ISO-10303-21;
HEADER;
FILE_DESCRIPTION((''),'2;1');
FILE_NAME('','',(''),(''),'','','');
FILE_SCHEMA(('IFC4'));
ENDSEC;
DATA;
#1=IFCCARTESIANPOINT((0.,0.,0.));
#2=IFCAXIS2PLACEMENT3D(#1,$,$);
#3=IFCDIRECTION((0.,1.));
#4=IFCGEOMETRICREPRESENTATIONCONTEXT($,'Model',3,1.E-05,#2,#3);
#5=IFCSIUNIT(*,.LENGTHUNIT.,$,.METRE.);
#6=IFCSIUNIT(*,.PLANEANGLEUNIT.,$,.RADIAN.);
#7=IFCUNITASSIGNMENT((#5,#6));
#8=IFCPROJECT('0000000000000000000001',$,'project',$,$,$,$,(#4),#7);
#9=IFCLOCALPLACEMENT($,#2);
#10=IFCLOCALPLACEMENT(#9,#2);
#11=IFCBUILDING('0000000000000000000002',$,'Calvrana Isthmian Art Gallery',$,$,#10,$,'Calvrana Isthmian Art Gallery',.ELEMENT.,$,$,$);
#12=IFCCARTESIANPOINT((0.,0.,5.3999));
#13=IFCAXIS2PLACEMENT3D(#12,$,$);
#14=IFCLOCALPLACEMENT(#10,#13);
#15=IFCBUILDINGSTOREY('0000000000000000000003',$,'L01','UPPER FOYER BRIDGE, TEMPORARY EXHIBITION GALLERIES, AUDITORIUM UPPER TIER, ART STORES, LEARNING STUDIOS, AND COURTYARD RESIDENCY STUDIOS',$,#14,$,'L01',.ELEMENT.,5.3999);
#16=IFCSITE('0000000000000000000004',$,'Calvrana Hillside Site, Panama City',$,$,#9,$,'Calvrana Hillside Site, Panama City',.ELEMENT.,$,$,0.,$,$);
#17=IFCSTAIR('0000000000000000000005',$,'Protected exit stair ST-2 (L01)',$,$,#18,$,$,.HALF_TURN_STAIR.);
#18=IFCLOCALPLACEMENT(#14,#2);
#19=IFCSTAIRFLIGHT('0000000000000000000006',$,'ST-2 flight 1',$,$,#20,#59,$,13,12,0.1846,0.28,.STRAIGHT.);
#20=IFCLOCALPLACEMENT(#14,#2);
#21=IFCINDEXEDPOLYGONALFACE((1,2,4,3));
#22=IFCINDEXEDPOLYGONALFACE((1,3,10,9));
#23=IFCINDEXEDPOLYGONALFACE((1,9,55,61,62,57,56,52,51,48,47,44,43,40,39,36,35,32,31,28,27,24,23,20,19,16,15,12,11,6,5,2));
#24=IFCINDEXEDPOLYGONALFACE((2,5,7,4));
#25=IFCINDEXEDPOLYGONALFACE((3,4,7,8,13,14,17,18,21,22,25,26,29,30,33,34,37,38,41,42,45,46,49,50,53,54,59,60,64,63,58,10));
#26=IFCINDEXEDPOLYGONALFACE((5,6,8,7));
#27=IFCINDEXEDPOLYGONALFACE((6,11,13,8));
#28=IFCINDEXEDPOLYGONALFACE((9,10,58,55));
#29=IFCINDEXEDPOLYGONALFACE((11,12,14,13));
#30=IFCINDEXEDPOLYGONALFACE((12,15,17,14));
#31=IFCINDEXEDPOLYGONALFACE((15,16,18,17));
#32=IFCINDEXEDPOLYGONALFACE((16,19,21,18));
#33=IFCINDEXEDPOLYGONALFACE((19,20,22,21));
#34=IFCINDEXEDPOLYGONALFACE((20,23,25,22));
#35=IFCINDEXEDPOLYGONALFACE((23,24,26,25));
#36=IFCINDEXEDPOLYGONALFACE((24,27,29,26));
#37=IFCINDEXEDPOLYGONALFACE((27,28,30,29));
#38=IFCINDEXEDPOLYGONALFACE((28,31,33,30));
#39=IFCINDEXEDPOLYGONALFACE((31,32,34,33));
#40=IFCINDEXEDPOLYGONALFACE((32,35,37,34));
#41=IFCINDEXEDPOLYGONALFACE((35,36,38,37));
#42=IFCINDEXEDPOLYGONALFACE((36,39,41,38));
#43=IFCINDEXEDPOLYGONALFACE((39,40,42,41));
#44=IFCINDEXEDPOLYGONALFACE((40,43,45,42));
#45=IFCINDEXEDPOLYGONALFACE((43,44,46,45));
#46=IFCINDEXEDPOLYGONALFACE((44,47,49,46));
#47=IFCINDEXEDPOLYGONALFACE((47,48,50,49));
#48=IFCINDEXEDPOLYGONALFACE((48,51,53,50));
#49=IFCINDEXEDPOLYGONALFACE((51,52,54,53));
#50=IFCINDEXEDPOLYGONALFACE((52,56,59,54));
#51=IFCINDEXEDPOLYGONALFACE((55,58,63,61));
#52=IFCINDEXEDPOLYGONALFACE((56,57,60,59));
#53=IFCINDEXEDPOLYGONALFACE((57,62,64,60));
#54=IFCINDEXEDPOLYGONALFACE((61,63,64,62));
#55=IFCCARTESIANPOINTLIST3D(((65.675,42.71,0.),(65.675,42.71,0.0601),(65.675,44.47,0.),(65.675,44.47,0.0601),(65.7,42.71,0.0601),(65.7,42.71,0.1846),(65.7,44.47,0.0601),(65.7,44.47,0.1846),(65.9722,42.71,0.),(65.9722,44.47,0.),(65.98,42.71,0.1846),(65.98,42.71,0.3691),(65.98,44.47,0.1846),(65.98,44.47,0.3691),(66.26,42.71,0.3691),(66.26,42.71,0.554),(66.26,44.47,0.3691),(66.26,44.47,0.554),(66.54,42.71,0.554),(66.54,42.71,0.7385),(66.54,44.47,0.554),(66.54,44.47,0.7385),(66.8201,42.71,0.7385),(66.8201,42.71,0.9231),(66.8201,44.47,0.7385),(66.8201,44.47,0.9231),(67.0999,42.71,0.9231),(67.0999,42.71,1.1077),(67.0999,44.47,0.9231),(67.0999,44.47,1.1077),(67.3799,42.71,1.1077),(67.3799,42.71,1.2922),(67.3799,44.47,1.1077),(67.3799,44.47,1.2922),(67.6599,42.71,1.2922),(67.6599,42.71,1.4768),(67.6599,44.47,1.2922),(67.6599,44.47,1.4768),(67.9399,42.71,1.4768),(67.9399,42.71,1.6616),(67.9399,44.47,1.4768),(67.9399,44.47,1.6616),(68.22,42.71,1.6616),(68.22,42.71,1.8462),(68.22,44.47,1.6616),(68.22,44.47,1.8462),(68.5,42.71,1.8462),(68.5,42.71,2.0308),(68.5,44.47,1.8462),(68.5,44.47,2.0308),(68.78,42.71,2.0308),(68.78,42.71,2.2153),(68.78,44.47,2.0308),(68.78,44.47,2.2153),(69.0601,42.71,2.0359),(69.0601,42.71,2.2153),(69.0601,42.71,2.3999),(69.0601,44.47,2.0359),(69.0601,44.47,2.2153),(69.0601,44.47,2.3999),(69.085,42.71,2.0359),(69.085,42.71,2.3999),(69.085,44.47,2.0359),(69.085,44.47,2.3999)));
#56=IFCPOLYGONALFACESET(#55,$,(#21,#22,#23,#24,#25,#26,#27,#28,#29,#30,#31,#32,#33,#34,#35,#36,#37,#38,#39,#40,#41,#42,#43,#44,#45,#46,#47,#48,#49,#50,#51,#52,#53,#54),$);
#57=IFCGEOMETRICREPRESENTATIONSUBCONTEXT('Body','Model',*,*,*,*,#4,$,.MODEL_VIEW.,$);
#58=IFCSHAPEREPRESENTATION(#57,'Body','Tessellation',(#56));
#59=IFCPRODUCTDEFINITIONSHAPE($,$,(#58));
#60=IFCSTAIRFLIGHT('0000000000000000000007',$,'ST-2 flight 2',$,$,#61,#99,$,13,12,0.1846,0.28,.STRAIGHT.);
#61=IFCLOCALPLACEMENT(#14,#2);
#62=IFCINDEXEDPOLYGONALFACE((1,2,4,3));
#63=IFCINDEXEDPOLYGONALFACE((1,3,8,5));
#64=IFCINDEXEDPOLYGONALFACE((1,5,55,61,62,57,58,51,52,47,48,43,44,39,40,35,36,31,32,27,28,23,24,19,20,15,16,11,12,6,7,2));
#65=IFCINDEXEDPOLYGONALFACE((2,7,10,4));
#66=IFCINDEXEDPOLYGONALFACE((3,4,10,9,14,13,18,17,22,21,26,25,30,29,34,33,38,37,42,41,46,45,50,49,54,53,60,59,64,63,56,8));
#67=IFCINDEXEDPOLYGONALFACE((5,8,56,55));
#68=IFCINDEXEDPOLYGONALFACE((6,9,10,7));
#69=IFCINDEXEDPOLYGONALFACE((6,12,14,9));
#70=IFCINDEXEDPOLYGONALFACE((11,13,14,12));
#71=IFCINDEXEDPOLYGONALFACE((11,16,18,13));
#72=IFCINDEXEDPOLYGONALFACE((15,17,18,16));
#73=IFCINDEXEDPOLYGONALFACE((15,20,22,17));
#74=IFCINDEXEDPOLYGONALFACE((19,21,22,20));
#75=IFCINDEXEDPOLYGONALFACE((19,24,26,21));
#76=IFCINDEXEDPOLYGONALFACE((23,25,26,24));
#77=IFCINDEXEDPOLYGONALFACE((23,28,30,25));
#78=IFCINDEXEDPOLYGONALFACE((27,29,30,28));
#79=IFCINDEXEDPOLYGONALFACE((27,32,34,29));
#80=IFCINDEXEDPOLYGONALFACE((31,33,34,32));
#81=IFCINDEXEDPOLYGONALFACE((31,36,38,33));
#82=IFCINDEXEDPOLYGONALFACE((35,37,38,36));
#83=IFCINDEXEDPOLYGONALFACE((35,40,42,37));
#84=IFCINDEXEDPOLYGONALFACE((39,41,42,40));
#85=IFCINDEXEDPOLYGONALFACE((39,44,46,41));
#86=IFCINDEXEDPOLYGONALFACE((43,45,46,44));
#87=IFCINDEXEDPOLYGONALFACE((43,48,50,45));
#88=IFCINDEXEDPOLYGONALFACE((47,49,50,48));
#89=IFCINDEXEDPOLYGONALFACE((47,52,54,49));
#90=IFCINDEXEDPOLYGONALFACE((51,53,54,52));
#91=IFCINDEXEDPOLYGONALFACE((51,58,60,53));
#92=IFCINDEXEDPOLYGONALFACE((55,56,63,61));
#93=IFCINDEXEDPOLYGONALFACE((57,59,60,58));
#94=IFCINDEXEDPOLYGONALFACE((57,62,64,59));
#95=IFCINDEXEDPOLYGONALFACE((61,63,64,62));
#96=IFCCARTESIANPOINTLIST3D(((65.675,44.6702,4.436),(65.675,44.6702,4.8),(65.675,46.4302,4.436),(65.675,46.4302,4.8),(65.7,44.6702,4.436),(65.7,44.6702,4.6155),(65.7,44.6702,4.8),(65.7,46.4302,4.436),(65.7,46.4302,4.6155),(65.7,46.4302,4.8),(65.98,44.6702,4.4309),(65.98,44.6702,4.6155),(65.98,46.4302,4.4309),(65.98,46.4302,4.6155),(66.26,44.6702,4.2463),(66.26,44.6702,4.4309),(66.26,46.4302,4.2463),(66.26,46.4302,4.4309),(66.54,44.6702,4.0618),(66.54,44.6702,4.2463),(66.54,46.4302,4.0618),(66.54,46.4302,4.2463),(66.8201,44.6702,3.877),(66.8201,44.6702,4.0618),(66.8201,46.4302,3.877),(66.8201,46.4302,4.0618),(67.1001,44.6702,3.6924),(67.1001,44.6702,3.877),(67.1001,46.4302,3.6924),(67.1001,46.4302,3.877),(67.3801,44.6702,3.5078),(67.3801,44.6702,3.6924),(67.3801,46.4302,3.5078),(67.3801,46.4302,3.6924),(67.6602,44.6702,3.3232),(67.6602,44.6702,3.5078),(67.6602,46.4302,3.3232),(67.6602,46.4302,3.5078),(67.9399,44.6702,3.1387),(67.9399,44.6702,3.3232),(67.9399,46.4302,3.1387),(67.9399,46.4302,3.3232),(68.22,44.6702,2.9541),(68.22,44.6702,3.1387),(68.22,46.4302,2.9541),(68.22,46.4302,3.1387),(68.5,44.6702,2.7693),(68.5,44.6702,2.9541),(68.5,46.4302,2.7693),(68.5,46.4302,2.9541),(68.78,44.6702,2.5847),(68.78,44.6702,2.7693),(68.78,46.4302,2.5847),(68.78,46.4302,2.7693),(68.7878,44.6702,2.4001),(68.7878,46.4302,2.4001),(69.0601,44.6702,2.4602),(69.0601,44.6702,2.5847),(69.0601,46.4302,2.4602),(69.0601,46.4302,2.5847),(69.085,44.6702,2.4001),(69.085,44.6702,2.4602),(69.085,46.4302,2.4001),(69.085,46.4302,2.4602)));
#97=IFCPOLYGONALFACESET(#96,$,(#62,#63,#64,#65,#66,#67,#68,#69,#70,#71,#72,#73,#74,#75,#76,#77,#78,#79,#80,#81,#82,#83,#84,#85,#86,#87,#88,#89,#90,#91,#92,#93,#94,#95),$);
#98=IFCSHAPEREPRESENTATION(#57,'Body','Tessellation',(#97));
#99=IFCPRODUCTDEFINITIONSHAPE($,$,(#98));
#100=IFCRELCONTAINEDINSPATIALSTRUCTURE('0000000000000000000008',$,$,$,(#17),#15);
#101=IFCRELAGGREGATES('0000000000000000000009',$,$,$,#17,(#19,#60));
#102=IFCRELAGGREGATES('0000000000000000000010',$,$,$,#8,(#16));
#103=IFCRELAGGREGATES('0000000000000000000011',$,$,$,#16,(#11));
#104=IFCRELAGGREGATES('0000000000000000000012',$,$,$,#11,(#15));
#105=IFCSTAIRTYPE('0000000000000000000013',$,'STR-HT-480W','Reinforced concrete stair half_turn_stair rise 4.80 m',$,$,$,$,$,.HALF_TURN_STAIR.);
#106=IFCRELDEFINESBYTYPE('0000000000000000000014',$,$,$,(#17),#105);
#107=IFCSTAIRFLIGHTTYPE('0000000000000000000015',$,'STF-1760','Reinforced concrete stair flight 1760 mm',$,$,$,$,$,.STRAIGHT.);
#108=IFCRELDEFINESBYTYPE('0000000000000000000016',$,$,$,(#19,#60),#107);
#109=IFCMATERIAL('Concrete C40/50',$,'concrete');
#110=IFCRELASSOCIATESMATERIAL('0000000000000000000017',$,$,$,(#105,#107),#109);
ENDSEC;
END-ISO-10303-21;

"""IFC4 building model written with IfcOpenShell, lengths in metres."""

from ifc_helpers import new_model, si_unit, direction, frame, origin, place, context, subcontext, project, spatial, polyline, outline, extrude, material, type_object, element, aggregate, save


model = new_model("IFC4")

# Units and contexts
model_context = context("Model", 3, precision=1e-05, world=origin(), true_north=direction((0.0, 1.0)))
body_context = subcontext(model_context, "Body", "Model", "MODEL_VIEW")
ifc_project = project(units=[si_unit("LENGTHUNIT", "METRE"), si_unit("PLANEANGLEUNIT", "RADIAN")], contexts=[model_context])

# Site, building, storey
site_placement = place(None, origin())
site = spatial("IfcSite", under=ifc_project, at=site_placement, Name="Calvrana Hillside Site, Panama City", LongName="Calvrana Hillside Site, Panama City", CompositionType="ELEMENT", RefElevation=0.0)
building_placement = place(site_placement, origin())
building = spatial("IfcBuilding", under=site, at=building_placement, Name="Calvrana Isthmian Art Gallery", LongName="Calvrana Isthmian Art Gallery", CompositionType="ELEMENT")
storey_placement = place(building_placement, frame((0.0, 0.0, 5.3999)))
storey = spatial("IfcBuildingStorey", under=building, at=storey_placement, Name="L01", Description="UPPER FOYER BRIDGE, TEMPORARY EXHIBITION GALLERIES, AUDITORIUM UPPER TIER, ART STORES, LEARNING STUDIOS, AND COURTYARD RESIDENCY STUDIOS", LongName="L01", CompositionType="ELEMENT", Elevation=5.3999)

# Shared definitions
ifc_material_1 = material(Name="Concrete C40/50", Category="concrete")

# Stair, stair flights
stair_type = type_object("IfcStairType", Name="STR-HT-480W", Description="Reinforced concrete stair half_turn_stair rise 4.80 m", PredefinedType="HALF_TURN_STAIR", material=ifc_material_1)
stair_placement = place(storey_placement, origin())
stair = element("IfcStair", 1, at=stair_placement, inside=storey, type_object=stair_type, Name="Protected exit stair ST-2 (L01)", PredefinedType="HALF_TURN_STAIR")
stair_flight_type = type_object("IfcStairFlightType", Name="STF-1760", Description="Reinforced concrete stair flight 1760 mm", PredefinedType="STRAIGHT", material=ifc_material_1)
stair_flight_1_placement = place(storey_placement, frame((65.7, 43.5901, 0.0), z_axis=(0.0, 0.0, 1.0), x_axis=(1.0, 0.0, 0.0)))
stair_flight_1 = element("IfcStairFlight", 2, at=stair_flight_1_placement, type_object=stair_flight_type, Name="ST-2 flight 1", NumberOfRisers=13, NumberOfTreads=12, PredefinedType="STRAIGHT", RiserHeight=0.1846, TreadLength=0.28, context=body_context, shape_type="SweptSolid", body=[
    extrude(outline(polyline([(-0.0249, 0.0), (-0.0249, 0.0601), (0.0, 0.0601), (0.0, 0.1846), (0.28, 0.1846), (0.28, 0.3691), (0.5601, 0.3691), (0.5601, 0.554), (0.8401, 0.554), (0.8401, 0.7385), (1.1201, 0.7385), (1.1201, 0.9231), (1.3999, 0.9231), (1.3999, 1.1077), (1.6799, 1.1077), (1.6799, 1.2922), (1.96, 1.2922), (1.96, 1.4768), (2.24, 1.4768), (2.24, 1.6616), (2.52, 1.6616), (2.52, 1.8462), (2.8, 1.8462), (2.8, 2.0308), (3.0801, 2.0308), (3.0801, 2.2153), (3.3601, 2.2153), (3.3601, 2.3999), (3.385, 2.3999), (3.385, 2.0359), (3.3601, 2.0359), (0.2722, 0.0), (-0.0249, 0.0)])), frame((0.0, 0.8799, 0.0), z_axis=(0.0, -1.0, 0.0), x_axis=(1.0, 0.0, 0.0)), (0.0, 0.0, 1.0), 1.76),
])
stair_flight_2_placement = place(storey_placement, frame((69.0601, 45.55, 2.4001), z_axis=(0.0, 0.0, 1.0), x_axis=(-1.0, 0.0, 0.0)))
stair_flight_2 = element("IfcStairFlight", 3, at=stair_flight_2_placement, type_object=stair_flight_type, Name="ST-2 flight 2", NumberOfRisers=13, NumberOfTreads=12, PredefinedType="STRAIGHT", RiserHeight=0.1846, TreadLength=0.28, context=body_context, shape_type="SweptSolid", body=[
    extrude(outline(polyline([(-0.0249, 0.0), (-0.0249, 0.0601), (0.0, 0.0601), (0.0, 0.1846), (0.28, 0.1846), (0.28, 0.3691), (0.5601, 0.3691), (0.5601, 0.554), (0.8401, 0.554), (0.8401, 0.7385), (1.1201, 0.7385), (1.1201, 0.9231), (1.3999, 0.9231), (1.3999, 1.1077), (1.6799, 1.1077), (1.6799, 1.2922), (1.96, 1.2922), (1.96, 1.4768), (2.24, 1.4768), (2.24, 1.6616), (2.52, 1.6616), (2.52, 1.8462), (2.8, 1.8462), (2.8, 2.0308), (3.0801, 2.0308), (3.0801, 2.2153), (3.3601, 2.2153), (3.3601, 2.3999), (3.385, 2.3999), (3.385, 2.0359), (3.3601, 2.0359), (0.2722, 0.0), (-0.0249, 0.0)])), frame((0.0, 0.8799, 0.0), z_axis=(0.0, -1.0, 0.0), x_axis=(1.0, 0.0, 0.0)), (0.0, 0.0, 1.0), 1.76),
])
aggregate(stair, [stair_flight_1, stair_flight_2])

save(model, "model.ifc")
